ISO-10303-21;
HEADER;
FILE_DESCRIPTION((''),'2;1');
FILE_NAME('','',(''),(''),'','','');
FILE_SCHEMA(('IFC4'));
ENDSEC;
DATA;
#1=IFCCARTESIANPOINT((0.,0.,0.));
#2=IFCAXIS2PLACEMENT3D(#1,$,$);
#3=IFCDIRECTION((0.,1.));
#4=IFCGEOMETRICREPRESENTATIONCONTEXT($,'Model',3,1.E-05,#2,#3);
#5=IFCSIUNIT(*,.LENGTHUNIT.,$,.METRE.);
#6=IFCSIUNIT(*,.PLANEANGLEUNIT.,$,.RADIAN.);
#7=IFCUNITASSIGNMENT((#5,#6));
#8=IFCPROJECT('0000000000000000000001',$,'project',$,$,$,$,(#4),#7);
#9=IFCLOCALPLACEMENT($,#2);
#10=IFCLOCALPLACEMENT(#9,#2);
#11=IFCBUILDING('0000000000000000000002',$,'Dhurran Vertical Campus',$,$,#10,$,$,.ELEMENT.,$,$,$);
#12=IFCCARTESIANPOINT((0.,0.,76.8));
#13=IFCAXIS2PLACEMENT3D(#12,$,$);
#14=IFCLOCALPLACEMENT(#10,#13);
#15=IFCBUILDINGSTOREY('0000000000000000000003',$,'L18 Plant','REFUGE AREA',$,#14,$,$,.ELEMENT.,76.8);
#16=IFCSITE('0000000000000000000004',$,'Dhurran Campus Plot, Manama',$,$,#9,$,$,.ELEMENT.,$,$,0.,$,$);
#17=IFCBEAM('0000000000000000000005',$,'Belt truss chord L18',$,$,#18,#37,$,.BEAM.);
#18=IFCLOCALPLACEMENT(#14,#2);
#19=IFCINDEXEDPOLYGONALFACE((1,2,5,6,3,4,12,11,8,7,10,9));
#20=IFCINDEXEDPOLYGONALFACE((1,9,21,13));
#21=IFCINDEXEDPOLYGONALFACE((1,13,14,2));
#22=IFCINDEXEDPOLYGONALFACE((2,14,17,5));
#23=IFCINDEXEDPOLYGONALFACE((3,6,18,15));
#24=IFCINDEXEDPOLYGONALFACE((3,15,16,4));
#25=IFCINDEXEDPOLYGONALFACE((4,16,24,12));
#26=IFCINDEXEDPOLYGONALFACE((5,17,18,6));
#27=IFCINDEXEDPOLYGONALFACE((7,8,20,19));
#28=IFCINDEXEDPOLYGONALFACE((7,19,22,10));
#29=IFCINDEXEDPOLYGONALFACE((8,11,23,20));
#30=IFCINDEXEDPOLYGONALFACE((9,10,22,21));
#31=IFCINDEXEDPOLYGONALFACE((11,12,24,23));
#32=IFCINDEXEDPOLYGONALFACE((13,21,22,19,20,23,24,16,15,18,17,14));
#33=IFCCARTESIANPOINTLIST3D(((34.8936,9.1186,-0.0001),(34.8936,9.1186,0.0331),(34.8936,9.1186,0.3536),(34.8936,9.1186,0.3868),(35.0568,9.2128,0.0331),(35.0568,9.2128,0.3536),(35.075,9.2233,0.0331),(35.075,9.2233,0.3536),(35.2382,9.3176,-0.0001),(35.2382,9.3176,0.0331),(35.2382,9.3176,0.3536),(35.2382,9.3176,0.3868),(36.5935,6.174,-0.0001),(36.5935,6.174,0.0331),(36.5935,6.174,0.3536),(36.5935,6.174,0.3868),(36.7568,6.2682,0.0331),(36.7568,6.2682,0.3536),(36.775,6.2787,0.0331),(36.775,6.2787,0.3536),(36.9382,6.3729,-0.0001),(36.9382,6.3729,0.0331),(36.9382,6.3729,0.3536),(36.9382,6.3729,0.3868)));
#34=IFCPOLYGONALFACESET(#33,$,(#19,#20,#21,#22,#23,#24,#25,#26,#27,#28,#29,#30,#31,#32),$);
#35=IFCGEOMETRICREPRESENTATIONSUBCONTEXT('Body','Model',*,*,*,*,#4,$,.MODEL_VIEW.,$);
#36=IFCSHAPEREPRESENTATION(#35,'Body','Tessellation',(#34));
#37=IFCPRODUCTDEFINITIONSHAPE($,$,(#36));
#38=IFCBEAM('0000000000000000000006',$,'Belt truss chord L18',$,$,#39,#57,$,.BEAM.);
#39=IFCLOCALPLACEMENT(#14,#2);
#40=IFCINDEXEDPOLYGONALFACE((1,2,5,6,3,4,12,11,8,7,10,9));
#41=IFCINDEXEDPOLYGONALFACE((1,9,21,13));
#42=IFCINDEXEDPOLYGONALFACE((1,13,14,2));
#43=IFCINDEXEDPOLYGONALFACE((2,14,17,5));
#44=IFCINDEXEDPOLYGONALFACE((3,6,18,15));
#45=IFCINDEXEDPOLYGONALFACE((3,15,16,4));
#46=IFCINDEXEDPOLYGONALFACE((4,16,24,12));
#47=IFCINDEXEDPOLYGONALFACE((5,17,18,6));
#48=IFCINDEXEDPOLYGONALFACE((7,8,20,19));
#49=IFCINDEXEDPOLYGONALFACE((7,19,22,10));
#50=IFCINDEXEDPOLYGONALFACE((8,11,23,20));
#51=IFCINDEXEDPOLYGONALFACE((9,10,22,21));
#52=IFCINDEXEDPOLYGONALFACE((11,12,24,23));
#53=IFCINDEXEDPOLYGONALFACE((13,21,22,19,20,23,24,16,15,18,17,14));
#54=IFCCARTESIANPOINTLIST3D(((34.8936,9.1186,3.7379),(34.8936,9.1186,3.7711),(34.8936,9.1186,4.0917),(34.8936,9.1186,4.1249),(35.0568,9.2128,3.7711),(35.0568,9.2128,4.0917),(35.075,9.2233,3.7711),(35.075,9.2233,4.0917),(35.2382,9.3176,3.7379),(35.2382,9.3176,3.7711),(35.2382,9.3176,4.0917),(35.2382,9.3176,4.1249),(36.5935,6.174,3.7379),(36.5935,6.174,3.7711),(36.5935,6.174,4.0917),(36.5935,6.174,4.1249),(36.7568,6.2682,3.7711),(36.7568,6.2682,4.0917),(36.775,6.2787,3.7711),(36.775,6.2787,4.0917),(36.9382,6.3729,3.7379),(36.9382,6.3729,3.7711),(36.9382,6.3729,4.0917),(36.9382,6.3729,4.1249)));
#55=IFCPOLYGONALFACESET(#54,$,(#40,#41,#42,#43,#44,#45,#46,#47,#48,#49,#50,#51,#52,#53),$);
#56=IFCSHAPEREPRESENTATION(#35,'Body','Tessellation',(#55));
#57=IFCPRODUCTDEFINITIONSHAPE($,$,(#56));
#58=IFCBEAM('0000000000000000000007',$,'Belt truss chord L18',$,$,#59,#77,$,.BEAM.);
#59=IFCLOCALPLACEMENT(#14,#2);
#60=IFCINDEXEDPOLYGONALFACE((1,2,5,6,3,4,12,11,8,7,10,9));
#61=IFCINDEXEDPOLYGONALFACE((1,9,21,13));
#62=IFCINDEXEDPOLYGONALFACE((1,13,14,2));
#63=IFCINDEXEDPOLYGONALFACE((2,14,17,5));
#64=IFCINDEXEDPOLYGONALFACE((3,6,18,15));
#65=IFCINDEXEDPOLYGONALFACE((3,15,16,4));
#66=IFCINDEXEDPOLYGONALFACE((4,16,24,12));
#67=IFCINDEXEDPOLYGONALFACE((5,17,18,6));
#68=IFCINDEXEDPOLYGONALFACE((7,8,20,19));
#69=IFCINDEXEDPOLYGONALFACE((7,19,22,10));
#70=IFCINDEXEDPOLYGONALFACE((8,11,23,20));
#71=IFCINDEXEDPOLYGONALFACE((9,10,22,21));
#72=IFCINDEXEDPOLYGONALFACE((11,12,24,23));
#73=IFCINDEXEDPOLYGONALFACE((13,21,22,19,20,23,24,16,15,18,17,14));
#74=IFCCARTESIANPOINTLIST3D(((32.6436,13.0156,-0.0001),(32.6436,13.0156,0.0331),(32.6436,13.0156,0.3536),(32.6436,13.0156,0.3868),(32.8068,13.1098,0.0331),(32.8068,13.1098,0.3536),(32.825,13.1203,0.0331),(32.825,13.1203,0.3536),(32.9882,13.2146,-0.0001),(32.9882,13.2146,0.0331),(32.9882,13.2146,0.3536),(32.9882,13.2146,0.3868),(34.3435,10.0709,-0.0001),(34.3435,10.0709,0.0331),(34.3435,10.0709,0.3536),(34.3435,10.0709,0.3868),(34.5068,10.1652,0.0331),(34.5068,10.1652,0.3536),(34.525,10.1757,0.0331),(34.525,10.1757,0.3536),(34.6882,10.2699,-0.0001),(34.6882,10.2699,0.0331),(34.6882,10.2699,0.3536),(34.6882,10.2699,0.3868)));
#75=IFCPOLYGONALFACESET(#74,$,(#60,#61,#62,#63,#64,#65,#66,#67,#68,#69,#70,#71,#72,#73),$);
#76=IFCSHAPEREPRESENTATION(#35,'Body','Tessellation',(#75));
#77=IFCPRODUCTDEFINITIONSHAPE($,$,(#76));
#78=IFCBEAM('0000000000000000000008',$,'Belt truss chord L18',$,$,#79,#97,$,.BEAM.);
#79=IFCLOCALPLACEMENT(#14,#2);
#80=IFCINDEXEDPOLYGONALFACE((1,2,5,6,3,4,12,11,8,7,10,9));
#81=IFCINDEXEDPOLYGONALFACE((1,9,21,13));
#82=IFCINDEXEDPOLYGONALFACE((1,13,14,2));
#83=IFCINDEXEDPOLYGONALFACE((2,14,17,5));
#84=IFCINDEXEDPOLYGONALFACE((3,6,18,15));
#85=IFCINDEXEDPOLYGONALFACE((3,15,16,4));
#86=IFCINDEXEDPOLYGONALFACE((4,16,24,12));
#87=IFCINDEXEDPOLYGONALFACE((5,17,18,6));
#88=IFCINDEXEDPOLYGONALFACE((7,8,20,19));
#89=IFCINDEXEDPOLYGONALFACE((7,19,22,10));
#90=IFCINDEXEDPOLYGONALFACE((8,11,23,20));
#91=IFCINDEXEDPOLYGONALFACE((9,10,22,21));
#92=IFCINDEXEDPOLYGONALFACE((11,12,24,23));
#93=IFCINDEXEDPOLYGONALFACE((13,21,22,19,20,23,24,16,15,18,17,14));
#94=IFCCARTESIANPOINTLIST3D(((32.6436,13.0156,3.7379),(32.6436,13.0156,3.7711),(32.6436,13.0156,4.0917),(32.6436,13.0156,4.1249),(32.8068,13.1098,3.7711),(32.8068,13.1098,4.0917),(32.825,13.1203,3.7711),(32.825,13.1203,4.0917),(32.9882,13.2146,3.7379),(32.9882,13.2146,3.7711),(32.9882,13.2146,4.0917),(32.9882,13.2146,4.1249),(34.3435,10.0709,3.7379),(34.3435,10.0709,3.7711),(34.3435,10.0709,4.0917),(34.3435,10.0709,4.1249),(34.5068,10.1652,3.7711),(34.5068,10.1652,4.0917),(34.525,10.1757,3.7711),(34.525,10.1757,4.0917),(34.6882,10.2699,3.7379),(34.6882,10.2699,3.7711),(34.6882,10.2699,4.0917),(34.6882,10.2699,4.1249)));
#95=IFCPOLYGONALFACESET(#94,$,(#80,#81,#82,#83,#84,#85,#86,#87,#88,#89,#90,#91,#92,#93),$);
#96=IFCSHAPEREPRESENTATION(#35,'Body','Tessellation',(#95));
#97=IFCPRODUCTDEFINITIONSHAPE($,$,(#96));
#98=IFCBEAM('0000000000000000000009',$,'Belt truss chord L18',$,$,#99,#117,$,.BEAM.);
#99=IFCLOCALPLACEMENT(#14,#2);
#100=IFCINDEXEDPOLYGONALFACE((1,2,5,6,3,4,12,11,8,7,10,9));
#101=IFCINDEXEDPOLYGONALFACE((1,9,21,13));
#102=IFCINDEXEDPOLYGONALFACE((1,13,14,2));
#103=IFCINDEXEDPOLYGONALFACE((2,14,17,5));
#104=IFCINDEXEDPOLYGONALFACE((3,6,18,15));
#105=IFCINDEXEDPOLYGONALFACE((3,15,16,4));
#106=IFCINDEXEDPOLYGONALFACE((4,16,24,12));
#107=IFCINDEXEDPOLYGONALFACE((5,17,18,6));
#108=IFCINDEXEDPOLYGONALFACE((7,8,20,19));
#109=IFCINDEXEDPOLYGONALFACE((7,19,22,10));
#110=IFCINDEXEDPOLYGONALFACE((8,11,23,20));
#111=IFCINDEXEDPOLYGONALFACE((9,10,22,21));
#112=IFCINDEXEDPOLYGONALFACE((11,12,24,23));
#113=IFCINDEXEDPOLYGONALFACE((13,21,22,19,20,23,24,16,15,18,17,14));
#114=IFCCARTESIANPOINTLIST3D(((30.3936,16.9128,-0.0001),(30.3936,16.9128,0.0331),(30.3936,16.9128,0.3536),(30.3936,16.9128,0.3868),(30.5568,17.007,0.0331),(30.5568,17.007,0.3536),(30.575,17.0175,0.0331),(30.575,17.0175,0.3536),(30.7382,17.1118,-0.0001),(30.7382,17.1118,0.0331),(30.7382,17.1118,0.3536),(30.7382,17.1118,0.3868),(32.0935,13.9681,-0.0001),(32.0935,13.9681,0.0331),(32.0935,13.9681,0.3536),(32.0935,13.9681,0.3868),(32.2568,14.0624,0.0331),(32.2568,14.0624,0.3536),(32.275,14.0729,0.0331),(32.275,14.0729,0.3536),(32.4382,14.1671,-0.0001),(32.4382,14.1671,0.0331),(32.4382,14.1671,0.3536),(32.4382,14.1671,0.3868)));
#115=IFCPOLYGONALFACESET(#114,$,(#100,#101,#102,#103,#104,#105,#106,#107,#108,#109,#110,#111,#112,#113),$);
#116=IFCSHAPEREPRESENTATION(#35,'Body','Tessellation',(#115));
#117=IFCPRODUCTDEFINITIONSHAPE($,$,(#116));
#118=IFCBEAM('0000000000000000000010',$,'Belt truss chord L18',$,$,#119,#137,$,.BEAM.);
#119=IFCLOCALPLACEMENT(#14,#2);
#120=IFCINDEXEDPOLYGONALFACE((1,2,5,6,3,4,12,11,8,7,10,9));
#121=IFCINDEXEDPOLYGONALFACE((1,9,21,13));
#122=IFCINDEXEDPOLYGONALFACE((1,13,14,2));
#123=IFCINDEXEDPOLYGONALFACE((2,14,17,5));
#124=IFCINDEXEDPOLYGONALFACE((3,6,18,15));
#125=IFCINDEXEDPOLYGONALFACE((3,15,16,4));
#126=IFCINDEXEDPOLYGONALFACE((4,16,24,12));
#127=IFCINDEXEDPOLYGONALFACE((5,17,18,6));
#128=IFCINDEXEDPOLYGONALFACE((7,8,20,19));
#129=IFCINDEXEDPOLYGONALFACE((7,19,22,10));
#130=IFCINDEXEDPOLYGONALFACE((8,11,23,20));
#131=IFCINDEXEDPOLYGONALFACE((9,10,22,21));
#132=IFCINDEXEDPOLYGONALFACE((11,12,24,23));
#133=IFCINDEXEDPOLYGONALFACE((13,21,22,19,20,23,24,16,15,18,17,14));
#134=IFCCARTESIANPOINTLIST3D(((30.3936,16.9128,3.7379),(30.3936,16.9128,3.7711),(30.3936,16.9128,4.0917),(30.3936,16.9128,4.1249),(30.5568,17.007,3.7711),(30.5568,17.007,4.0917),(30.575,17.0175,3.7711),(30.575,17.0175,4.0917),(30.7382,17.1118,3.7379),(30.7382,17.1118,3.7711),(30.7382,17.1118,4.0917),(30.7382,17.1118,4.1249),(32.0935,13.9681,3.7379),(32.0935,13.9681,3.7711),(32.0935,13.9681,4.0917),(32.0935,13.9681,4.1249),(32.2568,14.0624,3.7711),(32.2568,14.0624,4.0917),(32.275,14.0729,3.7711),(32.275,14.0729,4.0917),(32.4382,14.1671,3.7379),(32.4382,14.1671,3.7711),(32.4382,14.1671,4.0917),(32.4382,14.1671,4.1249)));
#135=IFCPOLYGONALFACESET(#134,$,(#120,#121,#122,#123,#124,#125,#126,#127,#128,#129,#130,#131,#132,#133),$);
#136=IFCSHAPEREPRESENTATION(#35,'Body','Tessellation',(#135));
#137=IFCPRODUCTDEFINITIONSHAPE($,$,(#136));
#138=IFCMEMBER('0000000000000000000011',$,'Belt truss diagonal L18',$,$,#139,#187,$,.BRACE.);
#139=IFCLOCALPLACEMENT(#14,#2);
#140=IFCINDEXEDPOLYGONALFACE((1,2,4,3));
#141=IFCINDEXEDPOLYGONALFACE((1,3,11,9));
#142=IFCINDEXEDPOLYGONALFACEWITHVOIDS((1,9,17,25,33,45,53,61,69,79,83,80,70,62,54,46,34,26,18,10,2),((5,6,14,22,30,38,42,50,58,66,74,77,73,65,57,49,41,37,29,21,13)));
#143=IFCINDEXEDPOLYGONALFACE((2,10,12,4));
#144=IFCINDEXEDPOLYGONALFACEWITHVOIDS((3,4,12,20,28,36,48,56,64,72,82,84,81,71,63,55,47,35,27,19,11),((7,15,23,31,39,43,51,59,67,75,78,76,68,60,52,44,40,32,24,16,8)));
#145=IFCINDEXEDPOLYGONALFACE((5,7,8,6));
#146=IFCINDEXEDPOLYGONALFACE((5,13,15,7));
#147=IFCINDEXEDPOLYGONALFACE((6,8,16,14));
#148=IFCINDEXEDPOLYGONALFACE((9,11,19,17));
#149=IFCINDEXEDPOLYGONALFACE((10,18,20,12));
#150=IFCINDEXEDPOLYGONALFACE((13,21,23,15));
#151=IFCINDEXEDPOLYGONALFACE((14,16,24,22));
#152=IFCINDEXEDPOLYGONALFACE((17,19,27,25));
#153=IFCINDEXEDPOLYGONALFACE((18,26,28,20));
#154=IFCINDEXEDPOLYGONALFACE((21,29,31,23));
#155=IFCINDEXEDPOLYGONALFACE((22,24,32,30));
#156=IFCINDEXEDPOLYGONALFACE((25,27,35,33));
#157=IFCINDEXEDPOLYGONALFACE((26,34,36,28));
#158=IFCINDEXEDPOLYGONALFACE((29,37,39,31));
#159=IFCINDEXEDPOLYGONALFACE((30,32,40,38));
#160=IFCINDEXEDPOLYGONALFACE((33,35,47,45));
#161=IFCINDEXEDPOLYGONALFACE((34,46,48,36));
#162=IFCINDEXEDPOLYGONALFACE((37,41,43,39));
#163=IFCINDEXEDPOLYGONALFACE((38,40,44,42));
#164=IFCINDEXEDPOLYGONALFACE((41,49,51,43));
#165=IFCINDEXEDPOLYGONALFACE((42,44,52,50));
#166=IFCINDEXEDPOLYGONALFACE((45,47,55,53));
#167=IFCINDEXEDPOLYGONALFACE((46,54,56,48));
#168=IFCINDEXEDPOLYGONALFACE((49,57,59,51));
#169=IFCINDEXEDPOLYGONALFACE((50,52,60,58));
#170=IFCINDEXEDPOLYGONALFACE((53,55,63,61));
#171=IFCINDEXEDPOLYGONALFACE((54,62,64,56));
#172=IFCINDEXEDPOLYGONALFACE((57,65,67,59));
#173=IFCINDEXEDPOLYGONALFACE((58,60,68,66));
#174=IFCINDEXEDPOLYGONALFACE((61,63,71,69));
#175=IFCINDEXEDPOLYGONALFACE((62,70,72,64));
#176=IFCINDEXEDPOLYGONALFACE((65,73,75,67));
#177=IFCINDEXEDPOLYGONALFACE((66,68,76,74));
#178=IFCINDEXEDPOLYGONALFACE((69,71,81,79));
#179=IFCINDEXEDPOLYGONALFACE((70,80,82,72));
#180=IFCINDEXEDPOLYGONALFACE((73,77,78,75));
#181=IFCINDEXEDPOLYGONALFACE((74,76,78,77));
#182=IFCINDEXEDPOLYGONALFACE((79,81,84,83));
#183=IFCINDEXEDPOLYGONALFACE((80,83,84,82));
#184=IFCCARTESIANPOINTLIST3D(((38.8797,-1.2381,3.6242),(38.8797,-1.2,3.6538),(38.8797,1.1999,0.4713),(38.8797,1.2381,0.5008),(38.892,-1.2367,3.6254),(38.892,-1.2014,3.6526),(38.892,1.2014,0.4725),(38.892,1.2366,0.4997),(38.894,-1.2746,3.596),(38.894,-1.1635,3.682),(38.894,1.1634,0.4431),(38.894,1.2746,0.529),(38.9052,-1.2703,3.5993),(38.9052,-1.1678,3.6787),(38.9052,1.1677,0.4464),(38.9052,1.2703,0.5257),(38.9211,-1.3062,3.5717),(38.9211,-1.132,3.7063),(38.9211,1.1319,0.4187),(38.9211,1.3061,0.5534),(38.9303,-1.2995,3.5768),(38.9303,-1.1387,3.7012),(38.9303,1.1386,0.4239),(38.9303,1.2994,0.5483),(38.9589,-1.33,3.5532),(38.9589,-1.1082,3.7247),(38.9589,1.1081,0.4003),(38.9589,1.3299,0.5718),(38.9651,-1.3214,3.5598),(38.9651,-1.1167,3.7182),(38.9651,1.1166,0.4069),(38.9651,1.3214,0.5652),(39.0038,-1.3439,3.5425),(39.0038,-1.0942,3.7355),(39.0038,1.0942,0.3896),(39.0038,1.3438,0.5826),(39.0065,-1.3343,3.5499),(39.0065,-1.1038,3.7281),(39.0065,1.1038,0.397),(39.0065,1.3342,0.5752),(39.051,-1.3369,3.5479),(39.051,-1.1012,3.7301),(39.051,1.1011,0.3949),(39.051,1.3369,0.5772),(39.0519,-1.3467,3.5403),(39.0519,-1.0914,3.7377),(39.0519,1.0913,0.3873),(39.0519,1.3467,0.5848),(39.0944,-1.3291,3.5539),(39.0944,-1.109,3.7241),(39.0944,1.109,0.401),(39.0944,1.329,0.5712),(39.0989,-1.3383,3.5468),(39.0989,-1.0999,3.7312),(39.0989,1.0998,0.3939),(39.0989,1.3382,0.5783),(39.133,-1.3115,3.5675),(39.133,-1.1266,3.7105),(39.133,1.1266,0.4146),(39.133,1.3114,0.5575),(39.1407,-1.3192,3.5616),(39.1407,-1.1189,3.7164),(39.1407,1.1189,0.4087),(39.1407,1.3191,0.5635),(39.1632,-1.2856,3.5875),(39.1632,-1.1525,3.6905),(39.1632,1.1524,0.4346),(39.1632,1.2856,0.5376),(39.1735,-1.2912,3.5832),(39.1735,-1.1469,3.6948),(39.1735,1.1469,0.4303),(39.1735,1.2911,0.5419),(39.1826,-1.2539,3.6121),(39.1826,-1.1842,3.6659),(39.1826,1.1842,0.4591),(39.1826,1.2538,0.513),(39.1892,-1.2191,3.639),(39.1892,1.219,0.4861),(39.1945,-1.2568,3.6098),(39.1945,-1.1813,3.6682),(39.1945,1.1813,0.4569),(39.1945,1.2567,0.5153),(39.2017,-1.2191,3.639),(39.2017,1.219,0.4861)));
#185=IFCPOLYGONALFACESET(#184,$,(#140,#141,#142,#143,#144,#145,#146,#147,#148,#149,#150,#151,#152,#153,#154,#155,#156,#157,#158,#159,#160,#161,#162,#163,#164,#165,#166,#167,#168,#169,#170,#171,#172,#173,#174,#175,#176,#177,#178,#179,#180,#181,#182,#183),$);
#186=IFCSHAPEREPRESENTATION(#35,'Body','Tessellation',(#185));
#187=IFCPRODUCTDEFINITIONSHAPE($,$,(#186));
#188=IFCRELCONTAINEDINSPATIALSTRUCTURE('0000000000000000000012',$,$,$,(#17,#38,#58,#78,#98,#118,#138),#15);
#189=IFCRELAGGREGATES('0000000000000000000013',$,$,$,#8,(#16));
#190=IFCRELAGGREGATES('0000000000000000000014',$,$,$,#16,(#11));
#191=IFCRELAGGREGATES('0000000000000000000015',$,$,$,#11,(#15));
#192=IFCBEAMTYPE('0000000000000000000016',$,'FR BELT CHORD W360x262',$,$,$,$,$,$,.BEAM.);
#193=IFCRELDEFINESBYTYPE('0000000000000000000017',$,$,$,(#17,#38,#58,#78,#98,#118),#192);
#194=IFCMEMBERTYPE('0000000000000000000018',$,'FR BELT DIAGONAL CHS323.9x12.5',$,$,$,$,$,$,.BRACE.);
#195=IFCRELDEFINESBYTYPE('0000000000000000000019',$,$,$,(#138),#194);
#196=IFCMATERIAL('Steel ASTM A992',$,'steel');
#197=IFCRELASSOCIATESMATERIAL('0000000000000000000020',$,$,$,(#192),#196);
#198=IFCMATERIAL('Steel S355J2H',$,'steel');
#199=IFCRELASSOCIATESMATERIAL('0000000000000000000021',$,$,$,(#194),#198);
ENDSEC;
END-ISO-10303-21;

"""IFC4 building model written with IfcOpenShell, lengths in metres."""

from ifc_helpers import new_model, si_unit, direction, frame, origin, origin_2d, place, context, subcontext, project, spatial, hollow_circle, i_section, extrude, material, material_profile, profile_set, type_object, element, save


model = new_model("IFC4")

# Units and contexts
model_context = context("Model", 3, precision=1e-05, world=origin(), true_north=direction((0.0, 1.0)))
body_context = subcontext(model_context, "Body", "Model", "MODEL_VIEW")
ifc_project = project(units=[si_unit("LENGTHUNIT", "METRE"), si_unit("PLANEANGLEUNIT", "RADIAN")], contexts=[model_context])

# Site, building, storey
site_placement = place(None, origin())
site = spatial("IfcSite", under=ifc_project, at=site_placement, Name="Dhurran Campus Plot, Manama", CompositionType="ELEMENT", RefElevation=0.0)
building_placement = place(site_placement, origin())
building = spatial("IfcBuilding", under=site, at=building_placement, Name="Dhurran Vertical Campus", CompositionType="ELEMENT")
storey_placement = place(building_placement, frame((0.0, 0.0, 76.8)))
storey = spatial("IfcBuildingStorey", under=building, at=storey_placement, Name="L18 Plant", Description="REFUGE AREA", CompositionType="ELEMENT", Elevation=76.8)

# Beams
ifc_material_1 = material(Name="Steel ASTM A992", Category="steel")
ifc_material_profile_1 = material_profile(ifc_material_1, i_section(OverallWidth=0.3979, OverallDepth=0.387, WebThickness=0.021, FlangeThickness=0.0332, at=origin_2d()), Name="W360x262")
ifc_profile_set_1 = profile_set([ifc_material_profile_1], Name="Steel ASTM A992")
beam_type = type_object("IfcBeamType", Name="FR BELT CHORD W360x262", PredefinedType="BEAM", material=ifc_profile_set_1)
for number, where, z_axis, x_axis, name in (
    (1, (36.7659, 6.2734, 0.1934), (-0.499977, 0.866039, 0.0), (-0.866039, -0.499977, 0.0), "Belt truss chord L18"),
    (2, (36.7659, 6.2734, 3.9314), (-0.499977, 0.866039, 0.0), (-0.866039, -0.499977, 0.0), "Belt truss chord L18"),
    (3, (34.5159, 10.1704, 0.1934), (-0.499977, 0.866039, 0.0), (-0.866039, -0.499977, 0.0), "Belt truss chord L18"),
    (4, (34.5159, 10.1704, 3.9314), (-0.499977, 0.866039, 0.0), (-0.866039, -0.499977, 0.0), "Belt truss chord L18"),
    (5, (32.2659, 14.0676, 0.1934), (-0.499977, 0.866039, 0.0), (-0.866039, -0.499977, 0.0), "Belt truss chord L18"),
    (6, (32.2659, 14.0676, 3.9314), (-0.499977, 0.866039, 0.0), (-0.866039, -0.499977, 0.0), "Belt truss chord L18"),
):
    element("IfcBeam", number, at=place(storey_placement, frame(where, z_axis=z_axis, x_axis=x_axis)), inside=storey, type_object=beam_type, Name=name, PredefinedType="BEAM", context=body_context, shape_type="SweptSolid", body=[
        extrude(i_section(OverallWidth=0.3979, OverallDepth=0.387, WebThickness=0.021, FlangeThickness=0.0332, at=origin_2d()), origin(), (0.0, 0.0, 1.0), 3.4001),
    ])

# Member
ifc_material_2 = material(Name="Steel S355J2H", Category="steel")
ifc_material_profile_2 = material_profile(ifc_material_2, hollow_circle(Radius=0.1619, WallThickness=0.0125, at=origin_2d()), Name="CHS323.9x12.5")
ifc_profile_set_2 = profile_set([ifc_material_profile_2], Name="Steel S355J2H")
member_type = type_object("IfcMemberType", Name="FR BELT DIAGONAL CHS323.9x12.5", PredefinedType="BRACE", material=ifc_profile_set_2)
member_1_placement = place(storey_placement, frame((39.0398, 1.219, 0.4861), z_axis=(0.0, -0.611716, 0.791077), x_axis=(1.0, 0.0, 0.0)))
element("IfcMember", 7, at=member_1_placement, inside=storey, type_object=member_type, Name="Belt truss diagonal L18", PredefinedType="BRACE", context=body_context, shape_type="SweptSolid", body=[
    extrude(hollow_circle(Radius=0.1619, WallThickness=0.0125, at=origin_2d()), origin(), (0.0, 0.0, 1.0), 3.9856),
])

save(model, "model.ifc")
